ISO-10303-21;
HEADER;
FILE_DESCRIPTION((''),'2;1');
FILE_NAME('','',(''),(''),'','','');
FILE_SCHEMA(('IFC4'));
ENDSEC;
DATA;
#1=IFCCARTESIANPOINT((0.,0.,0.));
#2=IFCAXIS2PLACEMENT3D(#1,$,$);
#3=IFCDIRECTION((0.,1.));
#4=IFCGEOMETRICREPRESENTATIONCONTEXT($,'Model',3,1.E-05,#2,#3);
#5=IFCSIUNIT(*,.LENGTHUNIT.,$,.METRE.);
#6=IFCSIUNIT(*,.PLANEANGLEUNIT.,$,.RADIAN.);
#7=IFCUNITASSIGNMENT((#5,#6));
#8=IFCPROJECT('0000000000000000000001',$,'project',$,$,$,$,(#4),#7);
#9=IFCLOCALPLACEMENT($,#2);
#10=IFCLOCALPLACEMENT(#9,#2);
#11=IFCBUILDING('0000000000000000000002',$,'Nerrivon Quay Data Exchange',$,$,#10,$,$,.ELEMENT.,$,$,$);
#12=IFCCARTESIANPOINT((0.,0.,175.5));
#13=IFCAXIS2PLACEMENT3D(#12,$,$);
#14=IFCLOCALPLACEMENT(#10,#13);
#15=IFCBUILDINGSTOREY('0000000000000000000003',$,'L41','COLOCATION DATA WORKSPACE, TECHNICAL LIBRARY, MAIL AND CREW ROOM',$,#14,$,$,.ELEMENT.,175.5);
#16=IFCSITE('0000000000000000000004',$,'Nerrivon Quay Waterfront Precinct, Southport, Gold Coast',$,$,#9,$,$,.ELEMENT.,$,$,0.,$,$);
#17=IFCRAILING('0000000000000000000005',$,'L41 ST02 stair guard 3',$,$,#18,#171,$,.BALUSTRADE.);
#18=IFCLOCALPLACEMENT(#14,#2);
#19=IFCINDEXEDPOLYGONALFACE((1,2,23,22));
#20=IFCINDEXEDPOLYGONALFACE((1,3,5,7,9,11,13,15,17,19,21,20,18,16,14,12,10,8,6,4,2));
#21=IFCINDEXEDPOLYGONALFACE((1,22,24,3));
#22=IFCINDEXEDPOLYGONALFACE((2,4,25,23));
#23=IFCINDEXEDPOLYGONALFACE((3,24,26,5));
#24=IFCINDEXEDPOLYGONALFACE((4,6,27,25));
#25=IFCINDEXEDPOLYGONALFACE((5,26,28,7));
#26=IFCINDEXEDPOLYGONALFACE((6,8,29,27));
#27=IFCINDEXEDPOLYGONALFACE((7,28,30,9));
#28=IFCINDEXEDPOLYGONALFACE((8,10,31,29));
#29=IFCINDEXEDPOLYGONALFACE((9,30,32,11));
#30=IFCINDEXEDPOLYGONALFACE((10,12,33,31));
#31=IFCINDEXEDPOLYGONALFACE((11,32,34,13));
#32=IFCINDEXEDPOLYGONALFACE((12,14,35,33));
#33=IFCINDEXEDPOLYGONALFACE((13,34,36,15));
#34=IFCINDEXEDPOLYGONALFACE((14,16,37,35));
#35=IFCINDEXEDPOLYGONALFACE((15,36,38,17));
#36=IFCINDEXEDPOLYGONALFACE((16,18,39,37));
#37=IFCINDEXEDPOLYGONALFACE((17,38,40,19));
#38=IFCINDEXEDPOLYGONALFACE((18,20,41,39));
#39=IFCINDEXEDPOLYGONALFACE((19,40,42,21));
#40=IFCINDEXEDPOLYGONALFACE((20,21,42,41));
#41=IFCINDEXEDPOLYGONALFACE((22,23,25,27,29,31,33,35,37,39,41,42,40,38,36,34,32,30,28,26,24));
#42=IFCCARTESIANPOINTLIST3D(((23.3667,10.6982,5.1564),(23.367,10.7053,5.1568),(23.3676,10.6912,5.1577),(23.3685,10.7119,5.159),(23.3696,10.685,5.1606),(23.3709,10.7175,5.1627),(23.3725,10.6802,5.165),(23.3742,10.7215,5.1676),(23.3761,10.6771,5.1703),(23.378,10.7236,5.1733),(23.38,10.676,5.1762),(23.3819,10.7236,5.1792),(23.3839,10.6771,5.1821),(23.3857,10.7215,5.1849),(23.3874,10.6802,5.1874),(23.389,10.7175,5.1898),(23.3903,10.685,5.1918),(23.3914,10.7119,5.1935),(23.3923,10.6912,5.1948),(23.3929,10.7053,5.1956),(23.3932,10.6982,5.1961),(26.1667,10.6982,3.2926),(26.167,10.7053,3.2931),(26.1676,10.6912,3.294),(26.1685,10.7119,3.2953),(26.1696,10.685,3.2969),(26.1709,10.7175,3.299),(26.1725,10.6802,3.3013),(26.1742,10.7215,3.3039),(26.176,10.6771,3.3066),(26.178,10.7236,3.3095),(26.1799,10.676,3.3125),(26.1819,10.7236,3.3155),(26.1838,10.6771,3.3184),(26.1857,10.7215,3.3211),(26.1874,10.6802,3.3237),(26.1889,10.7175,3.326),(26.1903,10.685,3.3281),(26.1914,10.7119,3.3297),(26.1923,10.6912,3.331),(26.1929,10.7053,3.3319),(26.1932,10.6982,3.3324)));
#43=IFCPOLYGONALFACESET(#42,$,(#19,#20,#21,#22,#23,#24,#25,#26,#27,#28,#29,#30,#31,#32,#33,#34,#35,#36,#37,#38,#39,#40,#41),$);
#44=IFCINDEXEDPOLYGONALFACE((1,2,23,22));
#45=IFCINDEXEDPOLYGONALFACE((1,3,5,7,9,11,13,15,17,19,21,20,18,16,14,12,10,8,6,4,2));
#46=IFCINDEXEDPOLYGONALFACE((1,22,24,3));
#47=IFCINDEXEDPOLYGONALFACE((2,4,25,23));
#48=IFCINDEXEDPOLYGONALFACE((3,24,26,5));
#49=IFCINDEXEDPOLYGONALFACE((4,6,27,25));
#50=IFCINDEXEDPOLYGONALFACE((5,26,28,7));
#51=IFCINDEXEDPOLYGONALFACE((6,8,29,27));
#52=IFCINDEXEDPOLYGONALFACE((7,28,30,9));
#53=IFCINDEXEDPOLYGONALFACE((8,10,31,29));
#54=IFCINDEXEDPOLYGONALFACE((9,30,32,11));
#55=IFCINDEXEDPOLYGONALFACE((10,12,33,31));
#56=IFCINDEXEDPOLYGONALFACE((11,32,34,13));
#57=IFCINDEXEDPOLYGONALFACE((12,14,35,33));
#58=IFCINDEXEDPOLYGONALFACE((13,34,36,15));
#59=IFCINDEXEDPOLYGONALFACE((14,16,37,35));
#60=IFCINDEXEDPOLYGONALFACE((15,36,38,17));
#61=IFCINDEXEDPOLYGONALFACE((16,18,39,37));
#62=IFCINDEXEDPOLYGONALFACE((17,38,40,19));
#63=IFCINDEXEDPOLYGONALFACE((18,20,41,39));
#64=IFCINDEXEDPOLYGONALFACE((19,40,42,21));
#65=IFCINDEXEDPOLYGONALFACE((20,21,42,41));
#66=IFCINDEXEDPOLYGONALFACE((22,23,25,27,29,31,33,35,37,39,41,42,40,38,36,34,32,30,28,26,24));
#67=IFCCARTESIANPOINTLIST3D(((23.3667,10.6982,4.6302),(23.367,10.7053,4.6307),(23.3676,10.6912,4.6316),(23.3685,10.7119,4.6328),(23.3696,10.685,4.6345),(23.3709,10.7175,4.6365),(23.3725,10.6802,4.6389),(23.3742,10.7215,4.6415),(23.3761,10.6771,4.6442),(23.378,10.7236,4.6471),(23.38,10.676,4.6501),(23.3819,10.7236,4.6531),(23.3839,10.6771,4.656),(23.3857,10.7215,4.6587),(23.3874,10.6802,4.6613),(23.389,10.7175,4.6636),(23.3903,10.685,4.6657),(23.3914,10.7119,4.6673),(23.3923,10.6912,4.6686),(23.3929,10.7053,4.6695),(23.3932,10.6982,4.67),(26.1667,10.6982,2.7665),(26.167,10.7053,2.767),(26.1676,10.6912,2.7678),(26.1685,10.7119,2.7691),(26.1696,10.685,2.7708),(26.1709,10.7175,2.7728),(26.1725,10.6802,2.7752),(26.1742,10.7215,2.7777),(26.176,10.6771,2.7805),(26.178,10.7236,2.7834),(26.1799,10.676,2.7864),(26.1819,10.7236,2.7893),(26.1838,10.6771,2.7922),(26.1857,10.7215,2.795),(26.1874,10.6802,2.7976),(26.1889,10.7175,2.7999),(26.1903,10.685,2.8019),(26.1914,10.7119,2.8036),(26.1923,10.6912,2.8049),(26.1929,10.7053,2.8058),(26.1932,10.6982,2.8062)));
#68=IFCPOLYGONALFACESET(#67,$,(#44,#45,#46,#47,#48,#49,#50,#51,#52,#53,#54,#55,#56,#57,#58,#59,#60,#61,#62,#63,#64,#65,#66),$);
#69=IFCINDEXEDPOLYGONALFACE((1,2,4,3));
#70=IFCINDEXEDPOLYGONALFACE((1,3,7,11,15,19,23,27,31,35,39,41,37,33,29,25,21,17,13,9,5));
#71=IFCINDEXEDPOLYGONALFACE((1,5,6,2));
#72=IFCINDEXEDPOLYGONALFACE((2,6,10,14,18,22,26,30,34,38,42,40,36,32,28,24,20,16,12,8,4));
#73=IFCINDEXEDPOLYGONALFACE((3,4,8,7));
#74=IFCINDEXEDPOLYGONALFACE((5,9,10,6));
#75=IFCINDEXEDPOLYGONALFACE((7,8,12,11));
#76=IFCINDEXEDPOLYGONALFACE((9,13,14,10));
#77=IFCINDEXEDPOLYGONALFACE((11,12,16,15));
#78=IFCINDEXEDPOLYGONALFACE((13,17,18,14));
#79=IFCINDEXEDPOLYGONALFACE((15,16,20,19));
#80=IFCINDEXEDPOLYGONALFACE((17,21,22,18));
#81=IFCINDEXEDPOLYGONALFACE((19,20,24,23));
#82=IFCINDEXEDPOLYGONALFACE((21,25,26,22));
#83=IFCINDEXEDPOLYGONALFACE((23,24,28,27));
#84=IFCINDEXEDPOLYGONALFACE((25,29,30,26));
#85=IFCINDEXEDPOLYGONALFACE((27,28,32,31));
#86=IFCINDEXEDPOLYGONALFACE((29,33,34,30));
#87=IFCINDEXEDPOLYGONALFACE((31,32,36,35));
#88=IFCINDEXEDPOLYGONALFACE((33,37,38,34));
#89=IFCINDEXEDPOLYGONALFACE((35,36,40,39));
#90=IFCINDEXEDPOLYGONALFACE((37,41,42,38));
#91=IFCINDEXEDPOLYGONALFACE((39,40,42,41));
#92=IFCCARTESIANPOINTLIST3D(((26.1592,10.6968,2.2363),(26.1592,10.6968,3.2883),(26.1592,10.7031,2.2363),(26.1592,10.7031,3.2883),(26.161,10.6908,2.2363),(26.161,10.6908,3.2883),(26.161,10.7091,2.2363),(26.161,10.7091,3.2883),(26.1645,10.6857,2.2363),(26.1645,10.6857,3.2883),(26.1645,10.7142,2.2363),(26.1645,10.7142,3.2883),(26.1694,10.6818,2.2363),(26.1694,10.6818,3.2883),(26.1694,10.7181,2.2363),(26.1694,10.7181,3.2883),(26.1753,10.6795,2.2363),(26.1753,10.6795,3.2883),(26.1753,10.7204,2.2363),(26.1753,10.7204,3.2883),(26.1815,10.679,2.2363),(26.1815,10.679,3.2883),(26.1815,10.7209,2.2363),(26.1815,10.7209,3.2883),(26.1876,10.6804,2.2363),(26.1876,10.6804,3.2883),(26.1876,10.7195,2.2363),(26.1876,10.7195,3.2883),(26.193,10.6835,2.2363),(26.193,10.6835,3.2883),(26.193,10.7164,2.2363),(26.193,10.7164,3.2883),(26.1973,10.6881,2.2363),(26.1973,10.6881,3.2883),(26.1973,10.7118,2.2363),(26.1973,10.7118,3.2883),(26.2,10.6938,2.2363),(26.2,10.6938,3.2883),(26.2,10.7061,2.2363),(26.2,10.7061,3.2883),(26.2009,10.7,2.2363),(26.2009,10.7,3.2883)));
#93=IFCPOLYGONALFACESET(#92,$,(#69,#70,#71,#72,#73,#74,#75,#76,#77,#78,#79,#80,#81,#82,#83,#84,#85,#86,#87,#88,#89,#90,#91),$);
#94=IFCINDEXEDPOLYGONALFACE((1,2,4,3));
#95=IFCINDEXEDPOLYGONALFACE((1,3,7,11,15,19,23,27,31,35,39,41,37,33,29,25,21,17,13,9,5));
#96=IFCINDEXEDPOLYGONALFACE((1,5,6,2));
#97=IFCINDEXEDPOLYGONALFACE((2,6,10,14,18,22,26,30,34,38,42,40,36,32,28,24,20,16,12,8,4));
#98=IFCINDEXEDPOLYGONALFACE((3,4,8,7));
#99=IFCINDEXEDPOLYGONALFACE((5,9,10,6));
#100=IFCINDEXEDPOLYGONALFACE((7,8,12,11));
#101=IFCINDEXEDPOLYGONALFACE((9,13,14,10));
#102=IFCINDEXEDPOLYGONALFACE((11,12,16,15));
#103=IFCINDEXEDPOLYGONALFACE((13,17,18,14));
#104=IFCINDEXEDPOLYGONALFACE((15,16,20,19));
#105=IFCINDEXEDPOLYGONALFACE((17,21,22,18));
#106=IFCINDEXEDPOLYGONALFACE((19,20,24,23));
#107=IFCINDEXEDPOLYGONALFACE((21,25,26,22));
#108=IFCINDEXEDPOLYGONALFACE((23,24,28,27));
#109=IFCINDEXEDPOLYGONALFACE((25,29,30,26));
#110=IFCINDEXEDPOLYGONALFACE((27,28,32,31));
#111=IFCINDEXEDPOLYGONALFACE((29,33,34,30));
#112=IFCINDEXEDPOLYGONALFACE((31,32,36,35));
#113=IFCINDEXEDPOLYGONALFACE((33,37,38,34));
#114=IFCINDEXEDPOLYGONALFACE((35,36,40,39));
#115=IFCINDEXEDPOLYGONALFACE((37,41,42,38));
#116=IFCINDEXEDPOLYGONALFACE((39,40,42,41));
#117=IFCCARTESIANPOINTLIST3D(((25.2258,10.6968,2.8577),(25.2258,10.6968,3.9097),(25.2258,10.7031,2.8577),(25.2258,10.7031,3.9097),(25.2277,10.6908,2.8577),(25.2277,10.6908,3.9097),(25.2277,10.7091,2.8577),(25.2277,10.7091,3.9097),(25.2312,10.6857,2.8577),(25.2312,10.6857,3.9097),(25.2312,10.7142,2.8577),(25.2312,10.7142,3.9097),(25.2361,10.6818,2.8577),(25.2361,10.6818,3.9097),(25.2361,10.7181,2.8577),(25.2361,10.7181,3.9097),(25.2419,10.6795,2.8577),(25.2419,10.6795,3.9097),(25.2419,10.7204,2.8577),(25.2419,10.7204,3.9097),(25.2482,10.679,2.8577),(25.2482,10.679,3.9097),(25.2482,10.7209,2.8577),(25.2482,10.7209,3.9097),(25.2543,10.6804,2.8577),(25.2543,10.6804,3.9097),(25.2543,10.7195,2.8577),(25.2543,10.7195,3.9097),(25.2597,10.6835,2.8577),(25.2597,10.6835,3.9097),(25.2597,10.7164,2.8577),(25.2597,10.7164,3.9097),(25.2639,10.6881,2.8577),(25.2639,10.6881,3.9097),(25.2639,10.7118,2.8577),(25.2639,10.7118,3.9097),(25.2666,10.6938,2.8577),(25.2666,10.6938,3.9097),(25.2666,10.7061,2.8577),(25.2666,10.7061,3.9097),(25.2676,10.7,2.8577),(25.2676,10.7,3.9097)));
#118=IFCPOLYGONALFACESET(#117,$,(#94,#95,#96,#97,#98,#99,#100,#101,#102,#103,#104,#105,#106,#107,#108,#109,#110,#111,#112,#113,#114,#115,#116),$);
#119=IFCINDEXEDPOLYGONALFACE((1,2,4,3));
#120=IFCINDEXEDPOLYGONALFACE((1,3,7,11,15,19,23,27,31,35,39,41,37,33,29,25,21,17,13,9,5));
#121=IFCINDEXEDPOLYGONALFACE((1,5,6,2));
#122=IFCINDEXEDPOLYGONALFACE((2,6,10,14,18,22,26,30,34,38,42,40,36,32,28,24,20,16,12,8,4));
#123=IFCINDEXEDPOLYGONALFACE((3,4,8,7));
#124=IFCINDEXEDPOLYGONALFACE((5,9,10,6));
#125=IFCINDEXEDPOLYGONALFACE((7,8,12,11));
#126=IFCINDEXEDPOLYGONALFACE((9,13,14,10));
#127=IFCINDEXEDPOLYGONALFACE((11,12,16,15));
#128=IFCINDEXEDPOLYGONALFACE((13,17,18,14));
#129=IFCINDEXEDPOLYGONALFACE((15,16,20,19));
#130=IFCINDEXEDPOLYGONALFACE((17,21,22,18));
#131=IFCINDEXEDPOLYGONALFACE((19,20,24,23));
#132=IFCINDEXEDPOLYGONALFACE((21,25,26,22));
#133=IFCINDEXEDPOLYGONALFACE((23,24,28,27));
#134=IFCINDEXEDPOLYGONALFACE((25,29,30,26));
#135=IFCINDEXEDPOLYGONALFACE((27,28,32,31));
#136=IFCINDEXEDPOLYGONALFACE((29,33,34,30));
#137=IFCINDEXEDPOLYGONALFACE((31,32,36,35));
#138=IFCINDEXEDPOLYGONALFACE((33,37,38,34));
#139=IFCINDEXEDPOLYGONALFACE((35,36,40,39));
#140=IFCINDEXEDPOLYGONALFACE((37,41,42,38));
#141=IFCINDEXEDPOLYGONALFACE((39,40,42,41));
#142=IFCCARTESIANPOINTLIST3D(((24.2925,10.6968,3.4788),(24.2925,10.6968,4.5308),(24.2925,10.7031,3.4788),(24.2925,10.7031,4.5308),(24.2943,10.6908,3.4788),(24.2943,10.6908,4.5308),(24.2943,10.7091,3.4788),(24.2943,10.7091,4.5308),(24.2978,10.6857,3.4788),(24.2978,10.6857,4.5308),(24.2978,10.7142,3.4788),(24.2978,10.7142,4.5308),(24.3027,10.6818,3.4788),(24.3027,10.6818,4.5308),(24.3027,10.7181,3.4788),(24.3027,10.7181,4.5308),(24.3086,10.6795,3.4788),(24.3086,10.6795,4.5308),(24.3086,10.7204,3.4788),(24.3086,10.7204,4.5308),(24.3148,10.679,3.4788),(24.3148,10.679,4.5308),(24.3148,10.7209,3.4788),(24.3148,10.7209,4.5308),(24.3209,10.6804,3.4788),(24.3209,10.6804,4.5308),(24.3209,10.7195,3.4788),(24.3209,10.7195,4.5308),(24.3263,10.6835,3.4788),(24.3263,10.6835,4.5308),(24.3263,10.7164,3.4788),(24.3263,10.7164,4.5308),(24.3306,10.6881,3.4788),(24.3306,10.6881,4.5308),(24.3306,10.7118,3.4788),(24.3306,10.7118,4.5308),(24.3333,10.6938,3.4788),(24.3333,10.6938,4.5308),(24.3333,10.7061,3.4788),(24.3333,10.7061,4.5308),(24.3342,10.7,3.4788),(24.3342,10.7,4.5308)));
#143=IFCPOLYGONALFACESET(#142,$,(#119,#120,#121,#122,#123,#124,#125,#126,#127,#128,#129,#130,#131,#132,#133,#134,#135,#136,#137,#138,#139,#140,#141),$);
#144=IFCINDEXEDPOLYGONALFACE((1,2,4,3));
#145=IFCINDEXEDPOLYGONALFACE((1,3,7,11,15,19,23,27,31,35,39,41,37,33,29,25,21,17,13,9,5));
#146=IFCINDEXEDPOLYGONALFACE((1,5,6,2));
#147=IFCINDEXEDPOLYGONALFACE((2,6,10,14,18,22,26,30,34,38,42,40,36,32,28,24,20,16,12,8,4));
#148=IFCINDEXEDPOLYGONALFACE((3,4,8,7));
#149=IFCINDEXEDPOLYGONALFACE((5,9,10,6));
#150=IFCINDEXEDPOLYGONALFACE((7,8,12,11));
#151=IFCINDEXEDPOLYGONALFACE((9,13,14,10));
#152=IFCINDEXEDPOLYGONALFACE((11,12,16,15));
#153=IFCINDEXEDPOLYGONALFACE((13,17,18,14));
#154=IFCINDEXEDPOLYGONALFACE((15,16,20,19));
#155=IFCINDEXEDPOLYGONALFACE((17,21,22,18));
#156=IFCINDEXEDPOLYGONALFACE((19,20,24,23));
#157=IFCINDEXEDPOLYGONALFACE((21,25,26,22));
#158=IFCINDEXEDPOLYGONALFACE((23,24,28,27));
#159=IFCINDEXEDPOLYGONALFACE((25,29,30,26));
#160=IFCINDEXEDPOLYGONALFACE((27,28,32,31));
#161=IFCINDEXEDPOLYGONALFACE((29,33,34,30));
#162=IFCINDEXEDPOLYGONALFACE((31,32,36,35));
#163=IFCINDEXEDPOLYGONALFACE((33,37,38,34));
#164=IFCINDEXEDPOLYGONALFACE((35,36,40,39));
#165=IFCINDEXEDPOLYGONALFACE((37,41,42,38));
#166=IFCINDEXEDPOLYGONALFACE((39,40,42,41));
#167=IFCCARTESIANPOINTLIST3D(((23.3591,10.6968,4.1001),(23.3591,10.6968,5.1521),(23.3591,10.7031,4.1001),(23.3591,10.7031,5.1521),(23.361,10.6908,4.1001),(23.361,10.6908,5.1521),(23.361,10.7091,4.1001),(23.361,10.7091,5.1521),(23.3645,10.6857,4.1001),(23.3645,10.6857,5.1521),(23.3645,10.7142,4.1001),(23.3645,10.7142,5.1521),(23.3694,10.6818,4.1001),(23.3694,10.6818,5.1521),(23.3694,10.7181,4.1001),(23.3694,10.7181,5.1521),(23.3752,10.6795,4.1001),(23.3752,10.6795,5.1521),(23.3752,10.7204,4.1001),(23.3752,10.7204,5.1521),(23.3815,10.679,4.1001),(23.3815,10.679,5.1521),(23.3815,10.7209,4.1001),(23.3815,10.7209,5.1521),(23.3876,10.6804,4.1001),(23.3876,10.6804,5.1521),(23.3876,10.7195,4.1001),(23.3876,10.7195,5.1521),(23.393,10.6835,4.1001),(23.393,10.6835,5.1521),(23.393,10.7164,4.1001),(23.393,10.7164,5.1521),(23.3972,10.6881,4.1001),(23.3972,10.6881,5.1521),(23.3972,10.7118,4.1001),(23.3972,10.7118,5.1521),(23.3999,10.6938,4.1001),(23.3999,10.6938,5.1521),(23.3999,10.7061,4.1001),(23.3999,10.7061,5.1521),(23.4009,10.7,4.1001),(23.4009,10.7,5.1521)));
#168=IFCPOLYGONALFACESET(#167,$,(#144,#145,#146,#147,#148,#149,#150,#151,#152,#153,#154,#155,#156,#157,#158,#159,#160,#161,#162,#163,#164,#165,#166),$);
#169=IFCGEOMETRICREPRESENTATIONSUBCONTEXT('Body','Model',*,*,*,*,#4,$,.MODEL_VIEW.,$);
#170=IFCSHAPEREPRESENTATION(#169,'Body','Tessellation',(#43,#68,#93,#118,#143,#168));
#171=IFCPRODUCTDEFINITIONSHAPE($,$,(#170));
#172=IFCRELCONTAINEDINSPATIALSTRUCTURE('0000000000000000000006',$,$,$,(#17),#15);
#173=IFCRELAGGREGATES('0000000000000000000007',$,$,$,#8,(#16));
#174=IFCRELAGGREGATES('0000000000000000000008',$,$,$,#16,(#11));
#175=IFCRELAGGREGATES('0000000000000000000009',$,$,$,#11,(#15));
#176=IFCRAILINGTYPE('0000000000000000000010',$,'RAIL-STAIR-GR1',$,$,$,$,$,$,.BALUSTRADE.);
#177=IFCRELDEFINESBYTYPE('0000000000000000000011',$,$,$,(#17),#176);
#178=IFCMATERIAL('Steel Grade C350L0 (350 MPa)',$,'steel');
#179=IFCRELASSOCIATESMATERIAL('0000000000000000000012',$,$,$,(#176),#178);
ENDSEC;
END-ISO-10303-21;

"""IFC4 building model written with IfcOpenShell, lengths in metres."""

from ifc_helpers import new_model, si_unit, direction, frame, origin, origin_2d, place, context, subcontext, project, spatial, circle, extrude, material, type_object, element, save


model = new_model("IFC4")

# Units and contexts
model_context = context("Model", 3, precision=1e-05, world=origin(), true_north=direction((0.0, 1.0)))
body_context = subcontext(model_context, "Body", "Model", "MODEL_VIEW")
ifc_project = project(units=[si_unit("LENGTHUNIT", "METRE"), si_unit("PLANEANGLEUNIT", "RADIAN")], contexts=[model_context])

# Site, building, storey
site_placement = place(None, origin())
site = spatial("IfcSite", under=ifc_project, at=site_placement, Name="Nerrivon Quay Waterfront Precinct, Southport, Gold Coast", CompositionType="ELEMENT", RefElevation=0.0)
building_placement = place(site_placement, origin())
building = spatial("IfcBuilding", under=site, at=building_placement, Name="Nerrivon Quay Data Exchange", CompositionType="ELEMENT")
storey_placement = place(building_placement, frame((0.0, 0.0, 175.5)))
storey = spatial("IfcBuildingStorey", under=building, at=storey_placement, Name="L41", Description="COLOCATION DATA WORKSPACE, TECHNICAL LIBRARY, MAIL AND CREW ROOM", CompositionType="ELEMENT", Elevation=175.5)

# Railing
ifc_material_1 = material(Name="Steel Grade C350L0 (350 MPa)", Category="steel")
railing_type_1 = type_object("IfcRailingType", Name="RAIL-STAIR-GR1", PredefinedType="BALUSTRADE", material=ifc_material_1)
railing_1_placement = place(storey_placement, frame((26.1799, 10.7, 2.2363)))
element("IfcRailing", 1, at=railing_1_placement, inside=storey, type_object=railing_type_1, Name="L41 ST02 stair guard 3", PredefinedType="BALUSTRADE", context=body_context, shape_type="SweptSolid", body=[
    extrude(circle(Radius=0.0239, at=origin_2d()), frame((0.0, 0.0, 1.0762), z_axis=(-0.832452, 0.0, 0.554097), x_axis=(0.0, -1.0, 0.0)), (0.0, 0.0, 1.0), 3.3635),
    extrude(circle(Radius=0.0239, at=origin_2d()), frame((0.0, 0.0, 0.55), z_axis=(-0.832452, 0.0, 0.554097), x_axis=(0.0, -1.0, 0.0)), (0.0, 0.0, 1.0), 3.3635),
    extrude(circle(Radius=0.021, at=origin_2d()), origin(), (0.0, 0.0, 1.0), 1.052),
    extrude(circle(Radius=0.021, at=origin_2d()), frame((-0.9333, 0.0, 0.6213)), (0.0, 0.0, 1.0), 1.052),
    extrude(circle(Radius=0.021, at=origin_2d()), frame((-1.8667, 0.0, 1.2424)), (0.0, 0.0, 1.0), 1.052),
    extrude(circle(Radius=0.021, at=origin_2d()), frame((-2.8, 0.0, 1.8638)), (0.0, 0.0, 1.0), 1.052),
])

save(model, "model.ifc")
